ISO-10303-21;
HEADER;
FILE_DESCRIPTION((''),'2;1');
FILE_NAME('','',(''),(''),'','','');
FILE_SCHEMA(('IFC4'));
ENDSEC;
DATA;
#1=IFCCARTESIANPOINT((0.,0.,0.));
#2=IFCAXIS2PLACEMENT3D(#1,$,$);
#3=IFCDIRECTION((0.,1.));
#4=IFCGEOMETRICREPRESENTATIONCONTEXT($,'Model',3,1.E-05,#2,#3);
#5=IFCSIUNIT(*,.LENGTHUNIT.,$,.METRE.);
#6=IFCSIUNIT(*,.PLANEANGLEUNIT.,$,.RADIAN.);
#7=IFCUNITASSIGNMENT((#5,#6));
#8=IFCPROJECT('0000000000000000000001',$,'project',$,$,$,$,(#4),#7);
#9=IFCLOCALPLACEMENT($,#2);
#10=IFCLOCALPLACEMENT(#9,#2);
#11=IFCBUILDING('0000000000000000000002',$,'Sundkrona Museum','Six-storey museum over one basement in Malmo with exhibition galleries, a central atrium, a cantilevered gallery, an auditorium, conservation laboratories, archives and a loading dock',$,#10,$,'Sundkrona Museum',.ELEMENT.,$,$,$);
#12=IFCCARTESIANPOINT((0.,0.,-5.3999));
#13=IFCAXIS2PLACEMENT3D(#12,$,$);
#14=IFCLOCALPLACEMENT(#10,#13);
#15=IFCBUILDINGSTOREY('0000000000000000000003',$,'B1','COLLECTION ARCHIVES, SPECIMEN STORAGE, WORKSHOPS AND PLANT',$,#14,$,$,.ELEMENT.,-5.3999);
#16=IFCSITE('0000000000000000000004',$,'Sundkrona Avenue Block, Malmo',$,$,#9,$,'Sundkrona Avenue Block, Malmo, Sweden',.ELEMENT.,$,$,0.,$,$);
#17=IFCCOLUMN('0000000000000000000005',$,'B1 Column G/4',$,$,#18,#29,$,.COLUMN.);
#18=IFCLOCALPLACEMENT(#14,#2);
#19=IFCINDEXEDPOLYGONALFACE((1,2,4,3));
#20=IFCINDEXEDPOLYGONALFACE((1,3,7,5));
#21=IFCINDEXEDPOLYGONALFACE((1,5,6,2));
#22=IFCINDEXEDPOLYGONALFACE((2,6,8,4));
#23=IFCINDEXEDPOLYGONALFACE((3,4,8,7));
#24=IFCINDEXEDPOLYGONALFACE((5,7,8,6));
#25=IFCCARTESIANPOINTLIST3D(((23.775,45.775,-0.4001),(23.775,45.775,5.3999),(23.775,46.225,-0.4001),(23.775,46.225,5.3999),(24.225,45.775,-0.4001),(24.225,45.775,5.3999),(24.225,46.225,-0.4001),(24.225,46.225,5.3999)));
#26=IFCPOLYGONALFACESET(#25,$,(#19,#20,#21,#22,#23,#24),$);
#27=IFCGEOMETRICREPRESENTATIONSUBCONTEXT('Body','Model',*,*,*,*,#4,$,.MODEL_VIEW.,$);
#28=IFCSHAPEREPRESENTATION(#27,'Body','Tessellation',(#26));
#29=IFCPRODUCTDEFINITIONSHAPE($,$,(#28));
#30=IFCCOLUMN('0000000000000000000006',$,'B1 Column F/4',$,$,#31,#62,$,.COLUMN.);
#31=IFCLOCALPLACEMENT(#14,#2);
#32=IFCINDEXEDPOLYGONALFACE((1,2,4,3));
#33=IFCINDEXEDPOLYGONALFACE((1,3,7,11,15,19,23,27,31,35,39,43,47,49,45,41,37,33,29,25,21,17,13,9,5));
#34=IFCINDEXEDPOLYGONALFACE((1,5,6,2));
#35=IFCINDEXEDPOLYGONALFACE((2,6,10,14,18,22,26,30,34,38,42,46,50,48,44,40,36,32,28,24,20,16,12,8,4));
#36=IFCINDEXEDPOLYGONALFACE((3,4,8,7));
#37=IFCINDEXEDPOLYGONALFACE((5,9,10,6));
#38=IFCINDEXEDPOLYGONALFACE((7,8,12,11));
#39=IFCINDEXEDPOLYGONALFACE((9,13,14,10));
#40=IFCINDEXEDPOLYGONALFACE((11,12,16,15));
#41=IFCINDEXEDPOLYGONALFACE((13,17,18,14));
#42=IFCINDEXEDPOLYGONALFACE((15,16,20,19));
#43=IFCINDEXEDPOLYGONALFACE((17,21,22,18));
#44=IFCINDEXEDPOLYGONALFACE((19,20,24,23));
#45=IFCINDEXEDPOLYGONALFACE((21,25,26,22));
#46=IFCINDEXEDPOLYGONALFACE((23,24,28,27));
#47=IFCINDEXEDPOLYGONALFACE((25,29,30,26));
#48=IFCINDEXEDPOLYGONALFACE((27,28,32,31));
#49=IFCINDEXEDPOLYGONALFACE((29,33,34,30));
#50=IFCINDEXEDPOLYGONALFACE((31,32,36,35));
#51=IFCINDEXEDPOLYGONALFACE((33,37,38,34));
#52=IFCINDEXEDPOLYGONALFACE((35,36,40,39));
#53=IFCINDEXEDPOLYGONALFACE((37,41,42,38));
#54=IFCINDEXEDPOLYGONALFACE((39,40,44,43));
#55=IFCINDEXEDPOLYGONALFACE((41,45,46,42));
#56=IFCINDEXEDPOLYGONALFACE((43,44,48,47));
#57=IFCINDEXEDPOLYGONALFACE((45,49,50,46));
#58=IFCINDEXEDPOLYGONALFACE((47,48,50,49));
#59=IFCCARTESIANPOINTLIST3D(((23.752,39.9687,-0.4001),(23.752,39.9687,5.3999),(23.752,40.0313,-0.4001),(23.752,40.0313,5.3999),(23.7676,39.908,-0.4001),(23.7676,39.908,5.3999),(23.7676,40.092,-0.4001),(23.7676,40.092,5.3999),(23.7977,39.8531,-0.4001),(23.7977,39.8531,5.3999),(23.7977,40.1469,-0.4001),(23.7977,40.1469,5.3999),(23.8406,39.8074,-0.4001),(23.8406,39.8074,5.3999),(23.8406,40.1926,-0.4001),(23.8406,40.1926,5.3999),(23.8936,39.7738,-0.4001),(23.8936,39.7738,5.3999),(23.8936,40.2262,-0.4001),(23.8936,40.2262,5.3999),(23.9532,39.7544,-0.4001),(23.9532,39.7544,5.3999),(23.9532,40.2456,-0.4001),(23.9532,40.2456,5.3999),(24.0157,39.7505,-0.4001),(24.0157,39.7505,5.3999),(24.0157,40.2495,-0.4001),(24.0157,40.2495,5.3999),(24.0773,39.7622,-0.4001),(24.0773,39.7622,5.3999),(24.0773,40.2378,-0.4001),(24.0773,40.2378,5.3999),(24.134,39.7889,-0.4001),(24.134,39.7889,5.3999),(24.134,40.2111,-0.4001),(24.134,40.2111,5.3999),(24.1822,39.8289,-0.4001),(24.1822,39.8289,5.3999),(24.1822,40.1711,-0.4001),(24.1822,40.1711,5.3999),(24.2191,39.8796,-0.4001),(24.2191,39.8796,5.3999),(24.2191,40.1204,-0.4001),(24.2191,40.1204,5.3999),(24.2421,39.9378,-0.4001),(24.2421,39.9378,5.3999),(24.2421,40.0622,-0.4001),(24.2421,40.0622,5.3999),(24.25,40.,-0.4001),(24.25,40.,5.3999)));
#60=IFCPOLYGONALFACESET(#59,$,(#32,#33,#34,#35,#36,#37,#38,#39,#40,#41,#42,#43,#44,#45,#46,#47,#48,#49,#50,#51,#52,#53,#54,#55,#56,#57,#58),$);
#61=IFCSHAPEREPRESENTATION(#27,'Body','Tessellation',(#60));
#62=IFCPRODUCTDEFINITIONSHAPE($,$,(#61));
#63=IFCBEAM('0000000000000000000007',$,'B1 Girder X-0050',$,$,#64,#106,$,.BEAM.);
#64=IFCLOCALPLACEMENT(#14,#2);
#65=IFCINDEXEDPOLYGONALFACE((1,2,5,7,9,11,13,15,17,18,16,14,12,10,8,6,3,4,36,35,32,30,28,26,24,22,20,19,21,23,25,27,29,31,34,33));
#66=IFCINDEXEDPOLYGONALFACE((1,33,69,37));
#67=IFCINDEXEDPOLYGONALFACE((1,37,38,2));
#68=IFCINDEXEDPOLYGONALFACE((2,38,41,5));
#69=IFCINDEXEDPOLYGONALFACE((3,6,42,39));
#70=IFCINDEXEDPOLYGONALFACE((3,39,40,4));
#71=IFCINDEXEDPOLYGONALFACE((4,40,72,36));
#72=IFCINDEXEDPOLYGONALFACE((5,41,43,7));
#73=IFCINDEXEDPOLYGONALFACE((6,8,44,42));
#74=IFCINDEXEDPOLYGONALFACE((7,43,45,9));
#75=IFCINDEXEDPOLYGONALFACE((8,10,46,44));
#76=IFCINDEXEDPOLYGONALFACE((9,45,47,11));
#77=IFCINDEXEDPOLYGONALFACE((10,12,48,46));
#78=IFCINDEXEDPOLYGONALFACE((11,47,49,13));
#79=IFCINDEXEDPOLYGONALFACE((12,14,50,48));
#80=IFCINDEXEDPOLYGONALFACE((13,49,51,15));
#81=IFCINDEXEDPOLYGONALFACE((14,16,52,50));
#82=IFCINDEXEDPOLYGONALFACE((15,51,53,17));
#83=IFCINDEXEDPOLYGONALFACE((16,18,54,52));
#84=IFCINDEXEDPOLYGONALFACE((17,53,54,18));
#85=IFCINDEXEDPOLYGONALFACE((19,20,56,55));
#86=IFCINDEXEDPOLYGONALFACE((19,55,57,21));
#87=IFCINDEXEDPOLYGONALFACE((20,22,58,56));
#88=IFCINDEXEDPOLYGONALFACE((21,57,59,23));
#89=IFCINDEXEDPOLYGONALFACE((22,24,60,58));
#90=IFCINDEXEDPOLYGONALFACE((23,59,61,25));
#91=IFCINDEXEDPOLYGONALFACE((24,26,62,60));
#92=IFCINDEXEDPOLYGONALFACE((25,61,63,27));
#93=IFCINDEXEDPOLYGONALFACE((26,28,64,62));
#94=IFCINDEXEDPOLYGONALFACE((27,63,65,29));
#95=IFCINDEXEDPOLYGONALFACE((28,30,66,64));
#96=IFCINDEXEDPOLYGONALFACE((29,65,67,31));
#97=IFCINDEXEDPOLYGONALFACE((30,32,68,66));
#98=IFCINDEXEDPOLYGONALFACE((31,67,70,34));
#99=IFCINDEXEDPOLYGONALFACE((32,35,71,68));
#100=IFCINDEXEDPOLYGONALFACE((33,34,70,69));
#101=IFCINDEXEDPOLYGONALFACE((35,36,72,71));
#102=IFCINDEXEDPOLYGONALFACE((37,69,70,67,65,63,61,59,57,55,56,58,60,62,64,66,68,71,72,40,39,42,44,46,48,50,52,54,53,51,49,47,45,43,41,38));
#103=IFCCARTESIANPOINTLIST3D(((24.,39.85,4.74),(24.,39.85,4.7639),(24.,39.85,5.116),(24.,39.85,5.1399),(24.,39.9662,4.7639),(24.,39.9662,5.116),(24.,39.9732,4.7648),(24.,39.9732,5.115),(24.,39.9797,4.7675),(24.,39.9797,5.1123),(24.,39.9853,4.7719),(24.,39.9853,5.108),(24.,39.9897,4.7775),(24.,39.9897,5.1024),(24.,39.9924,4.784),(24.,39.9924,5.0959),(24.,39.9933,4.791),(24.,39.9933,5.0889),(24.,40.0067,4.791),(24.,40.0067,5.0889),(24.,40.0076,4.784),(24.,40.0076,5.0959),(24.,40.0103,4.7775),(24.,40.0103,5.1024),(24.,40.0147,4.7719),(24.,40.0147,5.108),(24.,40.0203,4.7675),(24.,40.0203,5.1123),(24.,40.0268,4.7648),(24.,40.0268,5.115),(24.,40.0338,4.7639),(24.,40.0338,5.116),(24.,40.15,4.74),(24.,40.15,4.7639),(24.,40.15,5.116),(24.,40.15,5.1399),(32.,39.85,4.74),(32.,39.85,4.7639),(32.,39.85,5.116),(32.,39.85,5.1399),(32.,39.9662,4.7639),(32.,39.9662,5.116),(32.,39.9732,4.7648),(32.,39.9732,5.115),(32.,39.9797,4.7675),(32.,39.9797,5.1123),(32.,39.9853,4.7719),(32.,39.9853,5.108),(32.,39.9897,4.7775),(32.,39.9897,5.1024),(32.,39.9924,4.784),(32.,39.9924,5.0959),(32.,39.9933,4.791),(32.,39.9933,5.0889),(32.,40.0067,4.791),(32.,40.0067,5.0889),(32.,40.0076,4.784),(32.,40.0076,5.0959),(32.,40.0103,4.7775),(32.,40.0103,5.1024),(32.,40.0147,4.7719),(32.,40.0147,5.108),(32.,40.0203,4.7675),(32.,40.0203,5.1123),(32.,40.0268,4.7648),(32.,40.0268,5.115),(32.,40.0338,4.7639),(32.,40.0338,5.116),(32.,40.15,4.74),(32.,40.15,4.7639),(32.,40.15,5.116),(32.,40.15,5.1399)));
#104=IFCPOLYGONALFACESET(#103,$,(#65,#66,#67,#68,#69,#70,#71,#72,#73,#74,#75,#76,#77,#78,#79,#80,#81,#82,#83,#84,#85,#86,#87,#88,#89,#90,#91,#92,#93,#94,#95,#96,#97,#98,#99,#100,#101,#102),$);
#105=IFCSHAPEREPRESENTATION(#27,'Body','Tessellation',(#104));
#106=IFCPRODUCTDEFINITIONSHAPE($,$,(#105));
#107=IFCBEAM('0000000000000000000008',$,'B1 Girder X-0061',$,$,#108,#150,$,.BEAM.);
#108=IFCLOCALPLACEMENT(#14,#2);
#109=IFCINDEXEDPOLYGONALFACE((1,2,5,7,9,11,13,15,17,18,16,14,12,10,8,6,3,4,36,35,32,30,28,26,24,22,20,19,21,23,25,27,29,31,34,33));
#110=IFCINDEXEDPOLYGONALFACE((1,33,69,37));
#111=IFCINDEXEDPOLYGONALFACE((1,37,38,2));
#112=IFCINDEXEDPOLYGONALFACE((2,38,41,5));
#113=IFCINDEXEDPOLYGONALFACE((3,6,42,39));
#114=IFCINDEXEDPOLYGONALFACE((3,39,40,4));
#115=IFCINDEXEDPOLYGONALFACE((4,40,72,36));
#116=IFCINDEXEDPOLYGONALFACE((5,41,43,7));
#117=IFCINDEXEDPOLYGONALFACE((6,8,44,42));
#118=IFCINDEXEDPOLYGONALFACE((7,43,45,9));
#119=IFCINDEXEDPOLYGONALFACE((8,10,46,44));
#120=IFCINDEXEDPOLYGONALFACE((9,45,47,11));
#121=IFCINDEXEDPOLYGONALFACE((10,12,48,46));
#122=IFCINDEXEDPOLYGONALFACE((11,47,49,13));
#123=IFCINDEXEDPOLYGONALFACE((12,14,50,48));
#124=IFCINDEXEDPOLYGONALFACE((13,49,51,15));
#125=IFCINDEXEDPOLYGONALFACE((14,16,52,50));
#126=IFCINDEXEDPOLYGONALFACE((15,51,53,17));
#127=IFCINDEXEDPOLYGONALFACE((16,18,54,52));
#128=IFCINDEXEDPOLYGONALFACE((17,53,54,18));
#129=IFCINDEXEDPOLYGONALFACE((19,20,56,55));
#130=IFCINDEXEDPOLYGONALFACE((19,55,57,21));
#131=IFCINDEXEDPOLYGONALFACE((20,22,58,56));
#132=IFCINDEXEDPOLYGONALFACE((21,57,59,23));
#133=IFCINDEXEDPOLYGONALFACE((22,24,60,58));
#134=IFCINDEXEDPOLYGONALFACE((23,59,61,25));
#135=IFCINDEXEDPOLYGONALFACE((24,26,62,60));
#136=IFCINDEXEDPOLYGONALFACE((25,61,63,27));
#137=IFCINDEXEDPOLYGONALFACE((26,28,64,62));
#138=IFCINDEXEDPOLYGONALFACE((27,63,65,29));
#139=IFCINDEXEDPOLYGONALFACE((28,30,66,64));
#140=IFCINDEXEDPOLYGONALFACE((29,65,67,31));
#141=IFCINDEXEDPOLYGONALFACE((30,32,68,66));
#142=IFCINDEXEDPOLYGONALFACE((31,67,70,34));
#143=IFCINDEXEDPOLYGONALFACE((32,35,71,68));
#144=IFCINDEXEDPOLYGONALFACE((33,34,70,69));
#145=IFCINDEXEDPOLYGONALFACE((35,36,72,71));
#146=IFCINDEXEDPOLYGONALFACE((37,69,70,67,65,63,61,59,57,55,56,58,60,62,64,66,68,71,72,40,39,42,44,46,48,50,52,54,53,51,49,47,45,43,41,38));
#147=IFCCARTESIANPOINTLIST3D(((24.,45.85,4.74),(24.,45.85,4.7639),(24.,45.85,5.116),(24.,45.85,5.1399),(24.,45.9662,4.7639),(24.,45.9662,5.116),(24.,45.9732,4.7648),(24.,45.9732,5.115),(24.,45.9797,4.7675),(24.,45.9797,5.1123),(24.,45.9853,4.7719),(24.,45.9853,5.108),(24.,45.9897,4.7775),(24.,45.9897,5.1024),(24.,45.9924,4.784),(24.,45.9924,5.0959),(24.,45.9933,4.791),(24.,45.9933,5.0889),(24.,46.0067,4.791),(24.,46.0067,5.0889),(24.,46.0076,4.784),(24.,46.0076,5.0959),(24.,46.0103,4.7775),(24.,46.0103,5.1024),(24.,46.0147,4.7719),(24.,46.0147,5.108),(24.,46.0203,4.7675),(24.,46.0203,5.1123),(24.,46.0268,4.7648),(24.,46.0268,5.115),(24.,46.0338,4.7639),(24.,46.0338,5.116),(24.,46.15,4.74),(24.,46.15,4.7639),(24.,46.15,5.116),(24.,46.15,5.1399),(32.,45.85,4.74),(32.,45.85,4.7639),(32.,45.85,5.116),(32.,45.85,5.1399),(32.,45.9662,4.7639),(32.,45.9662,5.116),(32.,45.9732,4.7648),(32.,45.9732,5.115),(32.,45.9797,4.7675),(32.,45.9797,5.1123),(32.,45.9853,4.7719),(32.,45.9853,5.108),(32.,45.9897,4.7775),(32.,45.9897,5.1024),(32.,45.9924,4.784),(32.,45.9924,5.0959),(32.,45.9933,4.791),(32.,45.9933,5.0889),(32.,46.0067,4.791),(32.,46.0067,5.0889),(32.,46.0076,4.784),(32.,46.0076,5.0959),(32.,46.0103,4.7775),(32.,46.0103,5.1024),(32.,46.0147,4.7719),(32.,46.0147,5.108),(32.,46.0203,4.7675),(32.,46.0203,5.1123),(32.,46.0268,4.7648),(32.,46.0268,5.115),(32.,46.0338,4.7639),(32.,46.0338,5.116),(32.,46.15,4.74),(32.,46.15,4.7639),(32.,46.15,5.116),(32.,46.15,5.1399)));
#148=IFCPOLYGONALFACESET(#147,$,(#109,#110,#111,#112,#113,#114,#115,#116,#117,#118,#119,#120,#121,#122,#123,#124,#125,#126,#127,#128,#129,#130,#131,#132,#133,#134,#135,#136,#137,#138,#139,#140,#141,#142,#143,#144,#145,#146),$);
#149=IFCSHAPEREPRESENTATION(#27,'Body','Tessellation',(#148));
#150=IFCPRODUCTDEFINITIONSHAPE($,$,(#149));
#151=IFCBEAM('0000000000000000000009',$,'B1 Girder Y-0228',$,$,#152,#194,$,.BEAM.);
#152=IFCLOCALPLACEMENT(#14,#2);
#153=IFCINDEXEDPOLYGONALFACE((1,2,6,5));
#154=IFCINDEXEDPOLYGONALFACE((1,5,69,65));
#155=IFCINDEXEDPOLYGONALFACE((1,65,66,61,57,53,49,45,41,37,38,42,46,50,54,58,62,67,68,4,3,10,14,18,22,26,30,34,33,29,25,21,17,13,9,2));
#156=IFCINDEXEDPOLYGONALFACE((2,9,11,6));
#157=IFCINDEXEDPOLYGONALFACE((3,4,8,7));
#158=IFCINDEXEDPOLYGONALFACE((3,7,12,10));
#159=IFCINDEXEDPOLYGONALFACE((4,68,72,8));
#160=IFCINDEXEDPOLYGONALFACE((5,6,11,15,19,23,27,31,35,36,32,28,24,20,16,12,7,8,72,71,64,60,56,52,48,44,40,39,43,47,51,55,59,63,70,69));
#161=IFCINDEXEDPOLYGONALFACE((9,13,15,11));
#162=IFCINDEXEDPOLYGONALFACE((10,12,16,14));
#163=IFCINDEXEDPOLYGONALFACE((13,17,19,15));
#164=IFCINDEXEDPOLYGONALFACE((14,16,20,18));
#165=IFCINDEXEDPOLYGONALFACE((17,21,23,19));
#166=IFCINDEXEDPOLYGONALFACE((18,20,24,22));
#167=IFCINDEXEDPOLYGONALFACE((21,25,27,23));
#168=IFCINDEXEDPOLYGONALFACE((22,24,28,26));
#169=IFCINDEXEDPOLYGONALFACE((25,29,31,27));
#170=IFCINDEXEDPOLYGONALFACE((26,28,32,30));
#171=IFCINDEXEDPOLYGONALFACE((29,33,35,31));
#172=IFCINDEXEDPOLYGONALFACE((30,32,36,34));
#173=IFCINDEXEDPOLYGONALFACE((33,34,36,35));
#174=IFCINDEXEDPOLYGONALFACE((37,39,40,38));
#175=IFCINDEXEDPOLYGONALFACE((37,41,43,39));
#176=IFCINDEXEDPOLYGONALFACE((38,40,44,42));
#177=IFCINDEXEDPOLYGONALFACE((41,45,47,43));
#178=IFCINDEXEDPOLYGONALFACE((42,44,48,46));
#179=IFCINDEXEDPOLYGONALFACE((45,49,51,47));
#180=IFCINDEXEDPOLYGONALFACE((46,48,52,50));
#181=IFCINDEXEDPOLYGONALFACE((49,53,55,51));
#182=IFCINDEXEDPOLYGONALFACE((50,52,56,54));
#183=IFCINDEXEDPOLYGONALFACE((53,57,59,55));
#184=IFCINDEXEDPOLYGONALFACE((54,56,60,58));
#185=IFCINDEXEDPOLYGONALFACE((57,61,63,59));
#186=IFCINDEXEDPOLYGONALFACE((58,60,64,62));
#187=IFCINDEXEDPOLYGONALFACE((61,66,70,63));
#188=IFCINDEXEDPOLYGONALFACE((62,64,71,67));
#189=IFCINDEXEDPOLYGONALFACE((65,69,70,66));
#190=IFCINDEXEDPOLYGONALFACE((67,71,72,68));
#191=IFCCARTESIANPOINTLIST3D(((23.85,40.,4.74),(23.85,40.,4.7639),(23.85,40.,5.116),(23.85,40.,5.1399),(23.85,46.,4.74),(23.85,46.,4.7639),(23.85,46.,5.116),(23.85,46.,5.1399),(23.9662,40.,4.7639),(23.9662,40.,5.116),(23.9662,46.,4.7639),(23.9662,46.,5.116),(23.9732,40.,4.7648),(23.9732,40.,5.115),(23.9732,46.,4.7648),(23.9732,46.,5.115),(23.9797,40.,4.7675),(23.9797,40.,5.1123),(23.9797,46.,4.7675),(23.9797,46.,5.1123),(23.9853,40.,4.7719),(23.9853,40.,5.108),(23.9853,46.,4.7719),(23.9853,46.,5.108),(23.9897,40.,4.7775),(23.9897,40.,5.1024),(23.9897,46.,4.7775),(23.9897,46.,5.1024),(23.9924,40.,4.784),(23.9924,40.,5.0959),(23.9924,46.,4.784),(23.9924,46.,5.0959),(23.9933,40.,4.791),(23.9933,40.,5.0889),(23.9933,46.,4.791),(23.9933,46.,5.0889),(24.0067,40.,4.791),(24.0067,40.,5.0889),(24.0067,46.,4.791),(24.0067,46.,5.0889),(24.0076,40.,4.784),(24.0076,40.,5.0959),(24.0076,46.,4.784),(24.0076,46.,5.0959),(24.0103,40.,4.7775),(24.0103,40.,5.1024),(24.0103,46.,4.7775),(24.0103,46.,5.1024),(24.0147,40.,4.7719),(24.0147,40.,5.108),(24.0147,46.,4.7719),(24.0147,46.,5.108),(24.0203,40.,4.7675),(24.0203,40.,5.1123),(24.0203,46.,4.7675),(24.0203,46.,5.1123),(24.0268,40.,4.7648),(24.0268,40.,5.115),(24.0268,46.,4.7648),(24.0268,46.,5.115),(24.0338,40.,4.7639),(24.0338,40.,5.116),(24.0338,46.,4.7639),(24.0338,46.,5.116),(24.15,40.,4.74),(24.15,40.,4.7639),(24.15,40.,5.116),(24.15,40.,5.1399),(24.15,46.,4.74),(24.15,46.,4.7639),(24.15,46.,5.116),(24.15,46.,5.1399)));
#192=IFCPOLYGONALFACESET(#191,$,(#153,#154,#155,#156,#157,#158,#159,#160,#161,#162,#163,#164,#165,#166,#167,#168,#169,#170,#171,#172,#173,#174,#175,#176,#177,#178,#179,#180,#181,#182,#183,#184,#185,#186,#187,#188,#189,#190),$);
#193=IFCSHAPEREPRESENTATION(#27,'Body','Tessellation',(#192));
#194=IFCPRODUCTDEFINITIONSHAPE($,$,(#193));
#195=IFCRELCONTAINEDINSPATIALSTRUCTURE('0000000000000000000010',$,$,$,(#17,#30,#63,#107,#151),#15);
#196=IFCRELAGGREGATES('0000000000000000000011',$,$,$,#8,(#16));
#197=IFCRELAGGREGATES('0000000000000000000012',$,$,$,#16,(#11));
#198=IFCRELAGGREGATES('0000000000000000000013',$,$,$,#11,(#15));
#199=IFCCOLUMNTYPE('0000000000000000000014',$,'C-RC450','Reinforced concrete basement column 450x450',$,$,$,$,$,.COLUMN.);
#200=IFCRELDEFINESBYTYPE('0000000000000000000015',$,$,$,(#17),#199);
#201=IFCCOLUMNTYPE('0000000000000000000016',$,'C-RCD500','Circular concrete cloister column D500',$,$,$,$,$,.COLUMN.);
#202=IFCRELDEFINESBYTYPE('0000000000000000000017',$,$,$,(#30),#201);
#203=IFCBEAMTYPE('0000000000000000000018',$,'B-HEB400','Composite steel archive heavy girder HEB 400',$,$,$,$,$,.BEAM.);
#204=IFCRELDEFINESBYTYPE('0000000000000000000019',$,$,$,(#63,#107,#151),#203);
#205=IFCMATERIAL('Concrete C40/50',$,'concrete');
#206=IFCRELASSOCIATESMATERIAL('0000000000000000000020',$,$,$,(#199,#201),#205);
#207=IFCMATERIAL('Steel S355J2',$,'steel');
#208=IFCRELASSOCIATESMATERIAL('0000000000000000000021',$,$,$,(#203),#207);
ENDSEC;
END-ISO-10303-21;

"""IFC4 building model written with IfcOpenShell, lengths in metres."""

from ifc_helpers import new_model, si_unit, direction, frame, origin, origin_2d, place, context, subcontext, project, spatial, rectangle, circle, i_section, extrude, material, material_profile, profile_set, type_object, element, save


model = new_model("IFC4")

# Units and contexts
model_context = context("Model", 3, precision=1e-05, world=origin(), true_north=direction((0.0, 1.0)))
body_context = subcontext(model_context, "Body", "Model", "MODEL_VIEW")
ifc_project = project(units=[si_unit("LENGTHUNIT", "METRE"), si_unit("PLANEANGLEUNIT", "RADIAN")], contexts=[model_context])

# Site, building, storey
site_placement = place(None, origin())
site = spatial("IfcSite", under=ifc_project, at=site_placement, Name="Sundkrona Avenue Block, Malmo", LongName="Sundkrona Avenue Block, Malmo, Sweden", CompositionType="ELEMENT", RefElevation=0.0)
building_placement = place(site_placement, origin())
building = spatial("IfcBuilding", under=site, at=building_placement, Name="Sundkrona Museum", Description="Six-storey museum over one basement in Malmo with exhibition galleries, a central atrium, a cantilevered gallery, an auditorium, conservation laboratories, archives and a loading dock", LongName="Sundkrona Museum", CompositionType="ELEMENT")
storey_placement = place(building_placement, frame((0.0, 0.0, -5.3999)))
storey = spatial("IfcBuildingStorey", under=building, at=storey_placement, Name="B1", Description="COLLECTION ARCHIVES, SPECIMEN STORAGE, WORKSHOPS AND PLANT", CompositionType="ELEMENT", Elevation=-5.3999)

# Shared definitions
ifc_material_1 = material(Name="Concrete C40/50", Category="concrete")

# Columns
ifc_material_profile_1 = material_profile(ifc_material_1, rectangle(XDim=0.45, YDim=0.45, at=origin_2d()), Name="RC 450x450")
ifc_profile_set_1 = profile_set([ifc_material_profile_1], Name="Concrete C40/50")
column_type_1 = type_object("IfcColumnType", Name="C-RC450", Description="Reinforced concrete basement column 450x450", PredefinedType="COLUMN", material=ifc_profile_set_1)
column_1_placement = place(storey_placement, frame((24.0, 46.0, -0.4001), z_axis=(0.0, 0.0, 1.0), x_axis=(1.0, 0.0, 0.0)))
element("IfcColumn", 1, at=column_1_placement, inside=storey, type_object=column_type_1, Name="B1 Column G/4", PredefinedType="COLUMN", context=body_context, shape_type="SweptSolid", body=[
    extrude(rectangle(XDim=0.45, YDim=0.45, at=origin_2d()), origin(), (0.0, 0.0, 1.0), 5.8),
])
ifc_material_profile_2 = material_profile(ifc_material_1, circle(Radius=0.25, at=origin_2d()), Name="RC D500")
ifc_profile_set_2 = profile_set([ifc_material_profile_2], Name="Concrete C40/50")
column_type_2 = type_object("IfcColumnType", Name="C-RCD500", Description="Circular concrete cloister column D500", PredefinedType="COLUMN", material=ifc_profile_set_2)
column_2_placement = place(storey_placement, frame((24.0, 40.0, -0.4001), z_axis=(0.0, 0.0, 1.0), x_axis=(1.0, 0.0, 0.0)))
element("IfcColumn", 2, at=column_2_placement, inside=storey, type_object=column_type_2, Name="B1 Column F/4", PredefinedType="COLUMN", context=body_context, shape_type="SweptSolid", body=[
    extrude(circle(Radius=0.25, at=origin_2d()), origin(), (0.0, 0.0, 1.0), 5.8),
])

# Beams
ifc_material_2 = material(Name="Steel S355J2", Category="steel")
ifc_material_profile_3 = material_profile(ifc_material_2, i_section(OverallWidth=0.3, OverallDepth=0.3999, WebThickness=0.0134, FlangeThickness=0.0239, FilletRadius=0.0271, at=origin_2d()), Name="HEB 400")
ifc_profile_set_3 = profile_set([ifc_material_profile_3], Name="Steel S355J2")
beam_type_1 = type_object("IfcBeamType", Name="B-HEB400", Description="Composite steel archive heavy girder HEB 400", PredefinedType="BEAM", material=ifc_profile_set_3)
for number, where, z_axis, x_axis, name in (
    (3, (24.0, 40.0, 4.9399), (1.0, 0.0, 0.0), (0.0, 1.0, 0.0), "B1 Girder X-0050"),
    (4, (24.0, 46.0, 4.9399), (1.0, 0.0, 0.0), (0.0, 1.0, 0.0), "B1 Girder X-0061"),
):
    element("IfcBeam", number, at=place(storey_placement, frame(where, z_axis=z_axis, x_axis=x_axis)), inside=storey, type_object=beam_type_1, Name=name, PredefinedType="BEAM", context=body_context, shape_type="SweptSolid", body=[
        extrude(i_section(OverallWidth=0.3, OverallDepth=0.3999, WebThickness=0.0134, FlangeThickness=0.0239, FilletRadius=0.0271, at=origin_2d()), origin(), (0.0, 0.0, 1.0), 8.0),
    ])
beam_1_placement = place(storey_placement, frame((24.0, 40.0, 4.9399), z_axis=(0.0, 1.0, 0.0), x_axis=(-1.0, 0.0, 0.0)))
element("IfcBeam", 5, at=beam_1_placement, inside=storey, type_object=beam_type_1, Name="B1 Girder Y-0228", PredefinedType="BEAM", context=body_context, shape_type="SweptSolid", body=[
    extrude(i_section(OverallWidth=0.3, OverallDepth=0.3999, WebThickness=0.0134, FlangeThickness=0.0239, FilletRadius=0.0271, at=origin_2d()), origin(), (0.0, 0.0, 1.0), 6.0),
])

save(model, "model.ifc")
